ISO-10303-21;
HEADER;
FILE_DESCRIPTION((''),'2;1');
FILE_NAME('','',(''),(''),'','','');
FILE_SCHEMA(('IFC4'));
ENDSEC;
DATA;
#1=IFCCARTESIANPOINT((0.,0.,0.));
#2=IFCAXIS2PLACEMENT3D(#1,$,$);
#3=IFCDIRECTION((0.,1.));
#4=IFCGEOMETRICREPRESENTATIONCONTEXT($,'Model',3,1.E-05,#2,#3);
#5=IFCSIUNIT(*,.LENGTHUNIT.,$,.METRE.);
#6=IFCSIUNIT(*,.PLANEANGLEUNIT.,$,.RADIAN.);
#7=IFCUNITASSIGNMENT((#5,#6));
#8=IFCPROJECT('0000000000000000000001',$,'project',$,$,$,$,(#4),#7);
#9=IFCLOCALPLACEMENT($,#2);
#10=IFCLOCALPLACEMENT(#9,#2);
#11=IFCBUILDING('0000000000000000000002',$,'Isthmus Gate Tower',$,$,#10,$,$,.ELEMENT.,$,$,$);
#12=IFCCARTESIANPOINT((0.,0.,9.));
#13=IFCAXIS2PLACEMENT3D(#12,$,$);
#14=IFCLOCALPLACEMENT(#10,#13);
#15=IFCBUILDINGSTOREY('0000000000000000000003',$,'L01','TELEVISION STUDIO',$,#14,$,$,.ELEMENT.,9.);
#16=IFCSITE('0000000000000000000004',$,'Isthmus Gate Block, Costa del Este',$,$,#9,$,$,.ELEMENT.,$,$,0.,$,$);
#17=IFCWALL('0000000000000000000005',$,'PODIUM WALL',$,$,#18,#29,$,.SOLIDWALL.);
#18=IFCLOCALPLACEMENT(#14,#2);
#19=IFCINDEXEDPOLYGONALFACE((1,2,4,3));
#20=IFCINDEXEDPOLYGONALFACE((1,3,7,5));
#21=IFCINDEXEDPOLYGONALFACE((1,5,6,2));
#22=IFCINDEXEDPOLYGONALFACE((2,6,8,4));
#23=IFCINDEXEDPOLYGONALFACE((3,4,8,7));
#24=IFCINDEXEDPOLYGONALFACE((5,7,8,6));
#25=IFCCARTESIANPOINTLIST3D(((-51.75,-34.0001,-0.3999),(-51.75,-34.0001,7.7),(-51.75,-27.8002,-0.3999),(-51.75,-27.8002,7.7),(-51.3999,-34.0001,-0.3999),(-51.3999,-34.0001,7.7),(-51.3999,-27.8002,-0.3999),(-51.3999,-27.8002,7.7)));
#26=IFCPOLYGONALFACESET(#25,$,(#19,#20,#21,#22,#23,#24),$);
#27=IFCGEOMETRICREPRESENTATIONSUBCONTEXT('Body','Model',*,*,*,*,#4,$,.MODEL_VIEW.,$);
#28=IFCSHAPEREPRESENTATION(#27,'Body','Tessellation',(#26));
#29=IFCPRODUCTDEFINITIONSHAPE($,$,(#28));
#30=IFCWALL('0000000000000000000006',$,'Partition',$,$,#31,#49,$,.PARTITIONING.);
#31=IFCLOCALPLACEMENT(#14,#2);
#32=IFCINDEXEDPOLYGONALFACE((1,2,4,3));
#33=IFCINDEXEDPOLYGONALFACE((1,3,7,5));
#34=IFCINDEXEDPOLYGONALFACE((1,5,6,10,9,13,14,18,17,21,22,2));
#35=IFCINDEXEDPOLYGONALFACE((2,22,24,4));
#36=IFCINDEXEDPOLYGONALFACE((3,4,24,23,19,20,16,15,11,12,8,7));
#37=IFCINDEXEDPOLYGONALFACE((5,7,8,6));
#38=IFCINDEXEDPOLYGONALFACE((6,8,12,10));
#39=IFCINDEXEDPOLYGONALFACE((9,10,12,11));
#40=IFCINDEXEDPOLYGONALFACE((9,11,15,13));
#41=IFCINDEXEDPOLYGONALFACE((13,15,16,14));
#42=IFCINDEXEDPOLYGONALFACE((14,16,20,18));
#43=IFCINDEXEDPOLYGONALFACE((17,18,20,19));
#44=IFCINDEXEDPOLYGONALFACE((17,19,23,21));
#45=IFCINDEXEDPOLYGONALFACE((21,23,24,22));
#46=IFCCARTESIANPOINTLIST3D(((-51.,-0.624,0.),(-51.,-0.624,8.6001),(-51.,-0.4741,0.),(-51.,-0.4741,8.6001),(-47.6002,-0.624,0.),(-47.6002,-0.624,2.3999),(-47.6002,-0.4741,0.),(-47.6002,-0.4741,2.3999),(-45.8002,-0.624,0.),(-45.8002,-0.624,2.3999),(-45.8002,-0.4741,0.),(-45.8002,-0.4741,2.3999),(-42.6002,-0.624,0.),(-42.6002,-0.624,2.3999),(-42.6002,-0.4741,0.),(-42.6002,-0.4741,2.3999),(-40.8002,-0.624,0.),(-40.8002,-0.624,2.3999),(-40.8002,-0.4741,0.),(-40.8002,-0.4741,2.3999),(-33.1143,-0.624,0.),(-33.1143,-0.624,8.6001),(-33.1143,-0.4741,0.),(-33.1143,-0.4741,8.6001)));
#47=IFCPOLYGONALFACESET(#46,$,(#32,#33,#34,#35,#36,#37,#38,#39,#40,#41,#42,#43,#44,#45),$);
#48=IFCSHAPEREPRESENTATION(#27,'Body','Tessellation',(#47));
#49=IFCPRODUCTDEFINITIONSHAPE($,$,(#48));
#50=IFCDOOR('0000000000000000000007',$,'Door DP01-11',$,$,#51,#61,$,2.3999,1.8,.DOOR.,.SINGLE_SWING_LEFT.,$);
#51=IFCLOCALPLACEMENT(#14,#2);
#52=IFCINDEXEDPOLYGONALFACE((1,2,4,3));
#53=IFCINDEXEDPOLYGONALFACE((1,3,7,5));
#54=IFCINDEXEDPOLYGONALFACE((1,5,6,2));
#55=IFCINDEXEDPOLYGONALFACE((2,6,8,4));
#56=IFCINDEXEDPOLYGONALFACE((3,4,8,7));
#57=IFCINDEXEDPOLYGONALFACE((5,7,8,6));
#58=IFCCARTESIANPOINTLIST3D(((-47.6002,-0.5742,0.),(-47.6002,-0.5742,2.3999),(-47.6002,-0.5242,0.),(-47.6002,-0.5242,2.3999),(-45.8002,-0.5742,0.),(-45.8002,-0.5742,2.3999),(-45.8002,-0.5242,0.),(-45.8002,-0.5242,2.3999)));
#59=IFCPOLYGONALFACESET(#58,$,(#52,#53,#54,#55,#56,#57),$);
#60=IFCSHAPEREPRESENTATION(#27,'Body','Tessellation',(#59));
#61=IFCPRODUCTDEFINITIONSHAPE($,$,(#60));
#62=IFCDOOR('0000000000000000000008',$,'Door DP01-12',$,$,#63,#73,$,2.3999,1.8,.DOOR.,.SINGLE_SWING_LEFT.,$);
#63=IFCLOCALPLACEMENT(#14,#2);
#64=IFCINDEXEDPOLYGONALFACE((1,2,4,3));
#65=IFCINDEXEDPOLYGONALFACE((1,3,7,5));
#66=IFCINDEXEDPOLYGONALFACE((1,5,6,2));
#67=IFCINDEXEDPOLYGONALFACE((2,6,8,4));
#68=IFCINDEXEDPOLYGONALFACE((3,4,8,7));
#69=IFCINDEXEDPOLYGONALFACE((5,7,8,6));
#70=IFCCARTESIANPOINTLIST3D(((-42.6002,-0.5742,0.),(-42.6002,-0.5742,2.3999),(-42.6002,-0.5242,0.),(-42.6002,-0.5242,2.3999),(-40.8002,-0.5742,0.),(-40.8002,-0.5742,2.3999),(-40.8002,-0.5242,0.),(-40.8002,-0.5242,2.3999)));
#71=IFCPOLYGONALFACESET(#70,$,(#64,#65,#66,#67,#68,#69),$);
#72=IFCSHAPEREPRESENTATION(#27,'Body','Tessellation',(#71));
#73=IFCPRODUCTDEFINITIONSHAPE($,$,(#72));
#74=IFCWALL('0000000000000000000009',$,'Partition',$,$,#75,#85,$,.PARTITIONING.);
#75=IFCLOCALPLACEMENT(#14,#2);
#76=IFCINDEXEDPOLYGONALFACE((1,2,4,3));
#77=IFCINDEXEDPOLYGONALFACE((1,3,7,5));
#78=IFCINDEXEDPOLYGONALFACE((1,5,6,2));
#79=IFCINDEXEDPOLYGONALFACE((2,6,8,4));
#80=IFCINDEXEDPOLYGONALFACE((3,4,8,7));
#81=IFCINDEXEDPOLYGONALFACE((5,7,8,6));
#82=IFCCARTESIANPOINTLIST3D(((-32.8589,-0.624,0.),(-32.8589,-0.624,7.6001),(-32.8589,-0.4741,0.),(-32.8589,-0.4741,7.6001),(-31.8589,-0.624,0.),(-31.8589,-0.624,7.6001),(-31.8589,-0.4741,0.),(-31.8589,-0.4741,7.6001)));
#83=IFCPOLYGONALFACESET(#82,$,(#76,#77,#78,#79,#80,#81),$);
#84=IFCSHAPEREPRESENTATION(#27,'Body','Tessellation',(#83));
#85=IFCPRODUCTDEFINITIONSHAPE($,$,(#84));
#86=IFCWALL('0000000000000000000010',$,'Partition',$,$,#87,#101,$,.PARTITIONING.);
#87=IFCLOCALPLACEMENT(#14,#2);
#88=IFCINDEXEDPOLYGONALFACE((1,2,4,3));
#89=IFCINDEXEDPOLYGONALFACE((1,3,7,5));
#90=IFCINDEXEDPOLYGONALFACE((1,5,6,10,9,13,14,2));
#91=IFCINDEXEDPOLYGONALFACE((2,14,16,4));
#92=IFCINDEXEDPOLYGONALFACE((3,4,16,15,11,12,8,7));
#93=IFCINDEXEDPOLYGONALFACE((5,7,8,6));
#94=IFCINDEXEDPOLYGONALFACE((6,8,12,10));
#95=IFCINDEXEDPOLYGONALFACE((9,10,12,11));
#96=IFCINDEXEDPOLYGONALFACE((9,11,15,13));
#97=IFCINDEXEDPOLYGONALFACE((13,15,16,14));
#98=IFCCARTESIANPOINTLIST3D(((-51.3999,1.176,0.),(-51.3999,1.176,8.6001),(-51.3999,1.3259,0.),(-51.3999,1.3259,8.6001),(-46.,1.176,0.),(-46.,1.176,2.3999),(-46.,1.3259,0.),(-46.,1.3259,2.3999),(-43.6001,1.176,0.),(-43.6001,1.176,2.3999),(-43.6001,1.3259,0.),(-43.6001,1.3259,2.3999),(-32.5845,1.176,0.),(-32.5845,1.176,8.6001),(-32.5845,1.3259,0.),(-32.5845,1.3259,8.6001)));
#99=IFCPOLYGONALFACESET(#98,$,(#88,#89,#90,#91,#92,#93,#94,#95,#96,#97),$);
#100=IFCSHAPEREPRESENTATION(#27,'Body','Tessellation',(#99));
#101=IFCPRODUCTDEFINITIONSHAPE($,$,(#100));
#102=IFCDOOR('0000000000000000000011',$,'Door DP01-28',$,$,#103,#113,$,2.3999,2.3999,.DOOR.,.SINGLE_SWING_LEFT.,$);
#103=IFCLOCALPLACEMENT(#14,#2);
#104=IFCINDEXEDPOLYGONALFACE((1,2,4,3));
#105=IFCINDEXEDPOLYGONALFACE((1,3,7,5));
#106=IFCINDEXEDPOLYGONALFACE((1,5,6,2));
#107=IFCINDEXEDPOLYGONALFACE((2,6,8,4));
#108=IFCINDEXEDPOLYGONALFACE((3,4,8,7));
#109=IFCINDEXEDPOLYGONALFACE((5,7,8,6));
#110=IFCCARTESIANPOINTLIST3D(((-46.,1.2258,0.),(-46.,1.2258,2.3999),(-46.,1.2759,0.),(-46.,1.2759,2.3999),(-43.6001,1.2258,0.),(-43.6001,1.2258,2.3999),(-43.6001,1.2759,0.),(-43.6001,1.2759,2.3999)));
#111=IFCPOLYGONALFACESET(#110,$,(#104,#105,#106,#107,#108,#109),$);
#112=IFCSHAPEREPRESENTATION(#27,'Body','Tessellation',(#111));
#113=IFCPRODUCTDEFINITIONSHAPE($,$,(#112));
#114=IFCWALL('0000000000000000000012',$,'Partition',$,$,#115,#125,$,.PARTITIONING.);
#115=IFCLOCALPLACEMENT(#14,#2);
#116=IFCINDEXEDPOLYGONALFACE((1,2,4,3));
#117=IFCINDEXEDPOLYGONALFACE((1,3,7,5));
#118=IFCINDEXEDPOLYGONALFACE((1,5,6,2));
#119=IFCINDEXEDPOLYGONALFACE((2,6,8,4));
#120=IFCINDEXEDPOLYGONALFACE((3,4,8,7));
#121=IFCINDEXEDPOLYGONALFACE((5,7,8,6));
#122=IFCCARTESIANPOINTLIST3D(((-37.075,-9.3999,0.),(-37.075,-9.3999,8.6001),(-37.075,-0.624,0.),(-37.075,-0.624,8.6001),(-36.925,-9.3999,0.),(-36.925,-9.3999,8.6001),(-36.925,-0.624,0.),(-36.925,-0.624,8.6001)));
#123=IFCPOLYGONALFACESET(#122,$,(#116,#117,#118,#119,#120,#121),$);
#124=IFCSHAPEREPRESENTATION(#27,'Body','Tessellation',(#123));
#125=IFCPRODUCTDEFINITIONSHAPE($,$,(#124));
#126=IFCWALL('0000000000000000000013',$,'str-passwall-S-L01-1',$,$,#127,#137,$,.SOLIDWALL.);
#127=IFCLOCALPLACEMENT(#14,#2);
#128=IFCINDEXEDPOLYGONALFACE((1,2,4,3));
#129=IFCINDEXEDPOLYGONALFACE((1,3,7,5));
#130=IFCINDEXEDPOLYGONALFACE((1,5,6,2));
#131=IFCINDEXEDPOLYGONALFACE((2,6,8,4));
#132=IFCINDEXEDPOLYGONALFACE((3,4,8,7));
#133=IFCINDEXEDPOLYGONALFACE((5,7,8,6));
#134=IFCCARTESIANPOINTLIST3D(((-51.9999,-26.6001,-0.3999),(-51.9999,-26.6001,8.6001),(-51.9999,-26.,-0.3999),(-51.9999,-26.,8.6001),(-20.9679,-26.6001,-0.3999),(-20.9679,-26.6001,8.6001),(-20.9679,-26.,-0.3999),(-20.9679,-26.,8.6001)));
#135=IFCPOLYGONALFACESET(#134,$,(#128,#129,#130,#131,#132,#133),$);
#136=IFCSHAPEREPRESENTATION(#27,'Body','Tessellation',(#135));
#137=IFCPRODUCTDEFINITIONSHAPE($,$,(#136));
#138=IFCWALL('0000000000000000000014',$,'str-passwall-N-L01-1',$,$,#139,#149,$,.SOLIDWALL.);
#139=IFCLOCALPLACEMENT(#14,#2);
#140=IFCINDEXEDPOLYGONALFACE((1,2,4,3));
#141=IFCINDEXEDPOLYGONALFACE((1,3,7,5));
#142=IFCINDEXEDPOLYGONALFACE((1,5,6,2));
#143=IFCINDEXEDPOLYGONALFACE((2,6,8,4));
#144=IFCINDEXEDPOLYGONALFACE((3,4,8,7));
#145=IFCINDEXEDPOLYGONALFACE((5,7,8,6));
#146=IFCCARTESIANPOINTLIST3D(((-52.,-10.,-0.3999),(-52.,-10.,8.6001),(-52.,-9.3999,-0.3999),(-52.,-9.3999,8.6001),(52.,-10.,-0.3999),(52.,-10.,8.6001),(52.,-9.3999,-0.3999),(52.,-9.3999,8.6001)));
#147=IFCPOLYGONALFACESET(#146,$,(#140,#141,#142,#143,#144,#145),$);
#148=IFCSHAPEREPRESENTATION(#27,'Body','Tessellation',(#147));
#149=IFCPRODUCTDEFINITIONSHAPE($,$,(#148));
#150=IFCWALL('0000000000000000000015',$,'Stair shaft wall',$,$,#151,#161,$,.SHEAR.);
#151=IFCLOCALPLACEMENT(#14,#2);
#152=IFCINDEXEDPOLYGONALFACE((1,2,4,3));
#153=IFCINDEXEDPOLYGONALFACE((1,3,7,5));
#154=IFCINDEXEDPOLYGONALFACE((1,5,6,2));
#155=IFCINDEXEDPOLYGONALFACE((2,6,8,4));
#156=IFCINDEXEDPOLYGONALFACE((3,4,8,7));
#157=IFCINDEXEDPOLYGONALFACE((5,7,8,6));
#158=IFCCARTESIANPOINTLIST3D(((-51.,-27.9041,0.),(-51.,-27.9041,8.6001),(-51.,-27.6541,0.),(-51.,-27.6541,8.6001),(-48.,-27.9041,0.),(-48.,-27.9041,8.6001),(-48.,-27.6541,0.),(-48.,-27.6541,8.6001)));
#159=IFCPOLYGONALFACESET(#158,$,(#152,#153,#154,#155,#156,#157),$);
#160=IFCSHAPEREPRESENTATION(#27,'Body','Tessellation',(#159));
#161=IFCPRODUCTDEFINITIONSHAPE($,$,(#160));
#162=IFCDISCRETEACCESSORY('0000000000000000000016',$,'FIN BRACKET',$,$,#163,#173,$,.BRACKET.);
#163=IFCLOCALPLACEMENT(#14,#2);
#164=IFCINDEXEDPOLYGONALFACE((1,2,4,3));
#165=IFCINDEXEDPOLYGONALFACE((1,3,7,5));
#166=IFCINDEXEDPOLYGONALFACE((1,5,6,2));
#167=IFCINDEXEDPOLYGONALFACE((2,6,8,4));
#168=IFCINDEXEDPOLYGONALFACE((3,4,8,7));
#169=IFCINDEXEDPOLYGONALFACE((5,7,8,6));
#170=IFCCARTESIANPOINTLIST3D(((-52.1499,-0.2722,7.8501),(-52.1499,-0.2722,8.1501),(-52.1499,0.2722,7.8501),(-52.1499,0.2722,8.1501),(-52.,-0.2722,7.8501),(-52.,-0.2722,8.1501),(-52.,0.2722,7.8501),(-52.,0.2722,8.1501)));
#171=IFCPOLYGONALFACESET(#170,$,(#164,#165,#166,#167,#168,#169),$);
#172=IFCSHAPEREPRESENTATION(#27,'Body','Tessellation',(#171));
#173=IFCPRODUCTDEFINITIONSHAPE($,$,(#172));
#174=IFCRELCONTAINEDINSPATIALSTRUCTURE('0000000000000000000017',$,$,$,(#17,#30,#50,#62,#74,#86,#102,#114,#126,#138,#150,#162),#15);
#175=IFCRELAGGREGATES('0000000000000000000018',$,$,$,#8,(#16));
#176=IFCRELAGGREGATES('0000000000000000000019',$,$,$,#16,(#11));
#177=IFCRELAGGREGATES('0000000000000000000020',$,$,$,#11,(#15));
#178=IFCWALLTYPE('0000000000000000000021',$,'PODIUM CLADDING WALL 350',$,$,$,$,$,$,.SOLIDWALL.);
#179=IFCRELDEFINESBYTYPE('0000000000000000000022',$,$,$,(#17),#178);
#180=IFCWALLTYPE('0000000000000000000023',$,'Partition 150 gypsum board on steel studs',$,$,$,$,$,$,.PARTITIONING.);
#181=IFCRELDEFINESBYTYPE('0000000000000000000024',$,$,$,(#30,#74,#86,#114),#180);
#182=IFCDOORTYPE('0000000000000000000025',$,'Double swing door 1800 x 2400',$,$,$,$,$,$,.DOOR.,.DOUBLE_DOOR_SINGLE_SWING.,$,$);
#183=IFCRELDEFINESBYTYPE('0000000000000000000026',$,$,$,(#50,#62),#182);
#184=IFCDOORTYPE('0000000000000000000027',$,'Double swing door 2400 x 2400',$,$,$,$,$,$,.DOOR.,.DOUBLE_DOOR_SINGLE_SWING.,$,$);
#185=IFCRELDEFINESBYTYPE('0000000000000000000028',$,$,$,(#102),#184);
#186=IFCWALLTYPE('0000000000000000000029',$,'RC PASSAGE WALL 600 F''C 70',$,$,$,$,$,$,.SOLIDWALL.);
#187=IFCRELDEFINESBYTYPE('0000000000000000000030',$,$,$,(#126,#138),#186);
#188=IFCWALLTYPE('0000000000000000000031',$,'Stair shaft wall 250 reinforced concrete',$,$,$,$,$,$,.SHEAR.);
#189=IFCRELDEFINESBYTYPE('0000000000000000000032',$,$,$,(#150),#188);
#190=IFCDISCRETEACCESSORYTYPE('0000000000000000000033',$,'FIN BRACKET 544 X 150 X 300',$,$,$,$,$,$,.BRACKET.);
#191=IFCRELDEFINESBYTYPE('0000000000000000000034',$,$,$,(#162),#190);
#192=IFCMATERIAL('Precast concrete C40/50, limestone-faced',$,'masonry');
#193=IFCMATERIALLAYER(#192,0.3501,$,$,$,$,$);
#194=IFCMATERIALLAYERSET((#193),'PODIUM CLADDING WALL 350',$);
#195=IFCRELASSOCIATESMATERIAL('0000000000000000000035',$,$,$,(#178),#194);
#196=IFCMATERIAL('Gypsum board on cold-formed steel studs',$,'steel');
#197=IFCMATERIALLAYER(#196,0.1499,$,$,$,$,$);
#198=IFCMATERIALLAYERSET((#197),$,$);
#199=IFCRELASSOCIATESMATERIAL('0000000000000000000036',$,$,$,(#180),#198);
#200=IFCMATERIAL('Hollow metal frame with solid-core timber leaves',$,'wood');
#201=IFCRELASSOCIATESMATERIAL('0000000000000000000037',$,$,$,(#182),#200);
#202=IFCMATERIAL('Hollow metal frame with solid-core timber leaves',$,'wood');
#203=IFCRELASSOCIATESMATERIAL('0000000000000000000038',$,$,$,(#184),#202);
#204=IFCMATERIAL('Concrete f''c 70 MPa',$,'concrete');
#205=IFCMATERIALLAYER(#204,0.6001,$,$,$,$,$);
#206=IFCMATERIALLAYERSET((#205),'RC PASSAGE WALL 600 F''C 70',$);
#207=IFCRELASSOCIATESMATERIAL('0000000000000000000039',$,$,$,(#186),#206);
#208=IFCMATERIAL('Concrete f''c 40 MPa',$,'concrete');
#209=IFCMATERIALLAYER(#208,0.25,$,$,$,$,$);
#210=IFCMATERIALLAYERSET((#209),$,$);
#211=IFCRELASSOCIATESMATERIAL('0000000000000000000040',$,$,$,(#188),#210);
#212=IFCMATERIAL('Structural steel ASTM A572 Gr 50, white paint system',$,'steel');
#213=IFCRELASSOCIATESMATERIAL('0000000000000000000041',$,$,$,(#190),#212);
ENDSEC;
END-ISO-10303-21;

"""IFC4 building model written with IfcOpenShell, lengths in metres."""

from ifc_helpers import new_model, si_unit, direction, frame, frame_2d, origin, origin_2d, place, context, subcontext, project, spatial, rectangle, extrude, material, layer, layer_set, type_object, element, fill, save


model = new_model("IFC4")

# Units and contexts
model_context = context("Model", 3, precision=1e-05, world=origin(), true_north=direction((0.0, 1.0)))
body_context = subcontext(model_context, "Body", "Model", "MODEL_VIEW")
ifc_project = project(units=[si_unit("LENGTHUNIT", "METRE"), si_unit("PLANEANGLEUNIT", "RADIAN")], contexts=[model_context])

# Site, building, storey
site_placement = place(None, origin())
site = spatial("IfcSite", under=ifc_project, at=site_placement, Name="Isthmus Gate Block, Costa del Este", CompositionType="ELEMENT", RefElevation=0.0)
building_placement = place(site_placement, origin())
building = spatial("IfcBuilding", under=site, at=building_placement, Name="Isthmus Gate Tower", CompositionType="ELEMENT")
storey_placement = place(building_placement, frame((0.0, 0.0, 9.0)))
storey = spatial("IfcBuildingStorey", under=building, at=storey_placement, Name="L01", Description="TELEVISION STUDIO", CompositionType="ELEMENT", Elevation=9.0)

# Wall
ifc_material_1 = material(Name="Precast concrete C40/50, limestone-faced", Category="masonry")
ifc_layer_1 = layer(ifc_material_1, 0.3501)
ifc_layer_set_1 = layer_set([ifc_layer_1], Name="PODIUM CLADDING WALL 350")
wall_type_1 = type_object("IfcWallType", Name="PODIUM CLADDING WALL 350", PredefinedType="SOLIDWALL", material=ifc_layer_set_1)
wall_1_placement = place(storey_placement, frame((-51.575, -27.8, -0.3999), z_axis=(0.0, 0.0, 1.0), x_axis=(0.0, -1.0, 0.0)))
element("IfcWall", 1, at=wall_1_placement, inside=storey, type_object=wall_type_1, Name="PODIUM WALL", PredefinedType="SOLIDWALL", context=body_context, shape_type="SweptSolid", body=[
    extrude(rectangle(XDim=6.2, YDim=0.3501, at=frame_2d((3.1001, 0.0))), origin(), (0.0, 0.0, 1.0), 8.0999),
])

# Wall, openings, doors
ifc_material_2 = material(Name="Gypsum board on cold-formed steel studs", Category="steel")
ifc_layer_2 = layer(ifc_material_2, 0.1499)
ifc_layer_set_2 = layer_set([ifc_layer_2])
wall_type_2 = type_object("IfcWallType", Name="Partition 150 gypsum board on steel studs", PredefinedType="PARTITIONING", material=ifc_layer_set_2)
wall_2_placement = place(storey_placement, frame((-51.0, -0.5491, 0.0), z_axis=(0.0, 0.0, 1.0), x_axis=(1.0, 0.0, 0.0)))
wall_2 = element("IfcWall", 2, at=wall_2_placement, inside=storey, type_object=wall_type_2, Name="Partition", PredefinedType="PARTITIONING", context=body_context, shape_type="SweptSolid", body=[
    extrude(rectangle(XDim=17.8857, YDim=0.1499, at=frame_2d((8.9429, 0.0))), origin(), (0.0, 0.0, 1.0), 8.6001),
])
opening_1_placement = place(wall_2_placement, frame((3.3999, 0.0, 0.0)))
opening_1 = element("IfcOpeningElement", 3, at=opening_1_placement, cuts=wall_2, PredefinedType="OPENING", context=body_context, shape_type="SweptSolid", body=[
    extrude(rectangle(XDim=1.8, YDim=2.3999, at=frame_2d((0.8999, 1.2))), frame((0.0, 0.085, 0.0), z_axis=(0.0, -1.0, 0.0), x_axis=(1.0, 0.0, 0.0)), (0.0, 0.0, 1.0), 0.1699),
])
opening_2_placement = place(wall_2_placement, frame((8.3999, 0.0, 0.0)))
opening_2 = element("IfcOpeningElement", 4, at=opening_2_placement, cuts=wall_2, PredefinedType="OPENING", context=body_context, shape_type="SweptSolid", body=[
    extrude(rectangle(XDim=1.8, YDim=2.3999, at=frame_2d((0.8999, 1.2))), frame((0.0, 0.085, 0.0), z_axis=(0.0, -1.0, 0.0), x_axis=(1.0, 0.0, 0.0)), (0.0, 0.0, 1.0), 0.1699),
])
ifc_material_3 = material(Name="Hollow metal frame with solid-core timber leaves", Category="wood")
door_type_1 = type_object("IfcDoorType", Name="Double swing door 1800 x 2400", OperationType="DOUBLE_DOOR_SINGLE_SWING", PredefinedType="DOOR", material=ifc_material_3)
door_1_placement = place(opening_1_placement, origin())
door_1 = element("IfcDoor", 5, at=door_1_placement, inside=storey, type_object=door_type_1, Name="Door DP01-11", OperationType="SINGLE_SWING_LEFT", OverallHeight=2.3999, OverallWidth=1.8, PredefinedType="DOOR", context=body_context, shape_type="SweptSolid", body=[
    extrude(rectangle(XDim=1.8, YDim=2.3999, at=frame_2d((0.8999, 1.2))), frame((0.0, 0.0249, 0.0), z_axis=(0.0, -1.0, 0.0), x_axis=(1.0, 0.0, 0.0)), (0.0, 0.0, 1.0), 0.05),
])
fill(opening_1, door_1)
door_2_placement = place(opening_2_placement, origin())
door_2 = element("IfcDoor", 6, at=door_2_placement, inside=storey, type_object=door_type_1, Name="Door DP01-12", OperationType="SINGLE_SWING_LEFT", OverallHeight=2.3999, OverallWidth=1.8, PredefinedType="DOOR", context=body_context, shape_type="SweptSolid", body=[
    extrude(rectangle(XDim=1.8, YDim=2.3999, at=frame_2d((0.8999, 1.2))), frame((0.0, 0.0249, 0.0), z_axis=(0.0, -1.0, 0.0), x_axis=(1.0, 0.0, 0.0)), (0.0, 0.0, 1.0), 0.05),
])
fill(opening_2, door_2)

# Wall
wall_3_placement = place(storey_placement, frame((-32.8589, -0.5491, 0.0), z_axis=(0.0, 0.0, 1.0), x_axis=(1.0, 0.0, 0.0)))
element("IfcWall", 7, at=wall_3_placement, inside=storey, type_object=wall_type_2, Name="Partition", PredefinedType="PARTITIONING", context=body_context, shape_type="SweptSolid", body=[
    extrude(rectangle(XDim=1.0, YDim=0.1499, at=frame_2d((0.5, 0.0))), origin(), (0.0, 0.0, 1.0), 7.6001),
])

# Wall, opening, door
wall_4_placement = place(storey_placement, frame((-51.3999, 1.251, 0.0), z_axis=(0.0, 0.0, 1.0), x_axis=(1.0, 0.0, 0.0)))
wall_4 = element("IfcWall", 8, at=wall_4_placement, inside=storey, type_object=wall_type_2, Name="Partition", PredefinedType="PARTITIONING", context=body_context, shape_type="SweptSolid", body=[
    extrude(rectangle(XDim=18.8154, YDim=0.1499, at=frame_2d((9.4077, 0.0))), origin(), (0.0, 0.0, 1.0), 8.6001),
])
opening_3_placement = place(wall_4_placement, frame((5.3999, 0.0, 0.0)))
opening_3 = element("IfcOpeningElement", 9, at=opening_3_placement, cuts=wall_4, PredefinedType="OPENING", context=body_context, shape_type="SweptSolid", body=[
    extrude(rectangle(XDim=2.3999, YDim=2.3999, at=frame_2d((1.2, 1.2))), frame((0.0, 0.085, 0.0), z_axis=(0.0, -1.0, 0.0), x_axis=(1.0, 0.0, 0.0)), (0.0, 0.0, 1.0), 0.1699),
])
ifc_material_4 = material(Name="Hollow metal frame with solid-core timber leaves", Category="wood")
door_type_2 = type_object("IfcDoorType", Name="Double swing door 2400 x 2400", OperationType="DOUBLE_DOOR_SINGLE_SWING", PredefinedType="DOOR", material=ifc_material_4)
door_3_placement = place(opening_3_placement, origin())
door_3 = element("IfcDoor", 10, at=door_3_placement, inside=storey, type_object=door_type_2, Name="Door DP01-28", OperationType="SINGLE_SWING_LEFT", OverallHeight=2.3999, OverallWidth=2.3999, PredefinedType="DOOR", context=body_context, shape_type="SweptSolid", body=[
    extrude(rectangle(XDim=2.3999, YDim=2.3999, at=frame_2d((1.2, 1.2))), frame((0.0, 0.0249, 0.0), z_axis=(0.0, -1.0, 0.0), x_axis=(1.0, 0.0, 0.0)), (0.0, 0.0, 1.0), 0.05),
])
fill(opening_3, door_3)

# Walls
wall_5_placement = place(storey_placement, frame((-37.0, -9.3999, 0.0), z_axis=(0.0, 0.0, 1.0), x_axis=(0.0, 1.0, 0.0)))
element("IfcWall", 11, at=wall_5_placement, inside=storey, type_object=wall_type_2, Name="Partition", PredefinedType="PARTITIONING", context=body_context, shape_type="SweptSolid", body=[
    extrude(rectangle(XDim=8.7759, YDim=0.1499, at=frame_2d((4.3879, 0.0))), origin(), (0.0, 0.0, 1.0), 8.6001),
])
ifc_material_5 = material(Name="Concrete f'c 70 MPa", Category="concrete")
ifc_layer_3 = layer(ifc_material_5, 0.6001)
ifc_layer_set_3 = layer_set([ifc_layer_3], Name="RC PASSAGE WALL 600 F'C 70")
wall_type_3 = type_object("IfcWallType", Name="RC PASSAGE WALL 600 F'C 70", PredefinedType="SOLIDWALL", material=ifc_layer_set_3)
wall_6_placement = place(storey_placement, frame((-52.0, -26.3, -0.3999), z_axis=(0.0, 0.0, 1.0), x_axis=(1.0, 0.0, 0.0)))
element("IfcWall", 12, at=wall_6_placement, inside=storey, type_object=wall_type_3, Name="str-passwall-S-L01-1", PredefinedType="SOLIDWALL", context=body_context, shape_type="SweptSolid", body=[
    extrude(rectangle(XDim=31.032, YDim=0.6001, at=frame_2d((15.5161, 0.0))), origin(), (0.0, 0.0, 1.0), 9.0),
])
wall_7_placement = place(storey_placement, frame((-52.0, -9.7, -0.3999), z_axis=(0.0, 0.0, 1.0), x_axis=(1.0, 0.0, 0.0)))
element("IfcWall", 13, at=wall_7_placement, inside=storey, type_object=wall_type_3, Name="str-passwall-N-L01-1", PredefinedType="SOLIDWALL", context=body_context, shape_type="SweptSolid", body=[
    extrude(rectangle(XDim=104.0, YDim=0.6001, at=frame_2d((52.0, 0.0))), origin(), (0.0, 0.0, 1.0), 9.0),
])
ifc_material_6 = material(Name="Concrete f'c 40 MPa", Category="concrete")
ifc_layer_4 = layer(ifc_material_6, 0.25)
ifc_layer_set_4 = layer_set([ifc_layer_4])
wall_type_4 = type_object("IfcWallType", Name="Stair shaft wall 250 reinforced concrete", PredefinedType="SHEAR", material=ifc_layer_set_4)
wall_8_placement = place(storey_placement, frame((-51.0, -27.7791, 0.0), z_axis=(0.0, 0.0, 1.0), x_axis=(1.0, 0.0, 0.0)))
element("IfcWall", 14, at=wall_8_placement, inside=storey, type_object=wall_type_4, Name="Stair shaft wall", PredefinedType="SHEAR", context=body_context, shape_type="SweptSolid", body=[
    extrude(rectangle(XDim=3.0, YDim=0.25, at=frame_2d((1.5, 0.0))), origin(), (0.0, 0.0, 1.0), 8.6001),
])

# Discrete accessory
ifc_material_7 = material(Name="Structural steel ASTM A572 Gr 50, white paint system", Category="steel")
discrete_accessory_type_1 = type_object("IfcDiscreteAccessoryType", Name="FIN BRACKET 544 X 150 X 300", PredefinedType="BRACKET", material=ifc_material_7)
discrete_accessory_placement = place(storey_placement, frame((-52.075, 0.0, 7.8501), z_axis=(0.0, 0.0, 1.0), x_axis=(-1.0, 0.0, 0.0)))
element("IfcDiscreteAccessory", 15, at=discrete_accessory_placement, inside=storey, type_object=discrete_accessory_type_1, Name="FIN BRACKET", PredefinedType="BRACKET", context=body_context, shape_type="SweptSolid", body=[
    extrude(rectangle(XDim=0.1499, YDim=0.5444, at=origin_2d()), origin(), (0.0, 0.0, 1.0), 0.3),
])

save(model, "model.ifc")
